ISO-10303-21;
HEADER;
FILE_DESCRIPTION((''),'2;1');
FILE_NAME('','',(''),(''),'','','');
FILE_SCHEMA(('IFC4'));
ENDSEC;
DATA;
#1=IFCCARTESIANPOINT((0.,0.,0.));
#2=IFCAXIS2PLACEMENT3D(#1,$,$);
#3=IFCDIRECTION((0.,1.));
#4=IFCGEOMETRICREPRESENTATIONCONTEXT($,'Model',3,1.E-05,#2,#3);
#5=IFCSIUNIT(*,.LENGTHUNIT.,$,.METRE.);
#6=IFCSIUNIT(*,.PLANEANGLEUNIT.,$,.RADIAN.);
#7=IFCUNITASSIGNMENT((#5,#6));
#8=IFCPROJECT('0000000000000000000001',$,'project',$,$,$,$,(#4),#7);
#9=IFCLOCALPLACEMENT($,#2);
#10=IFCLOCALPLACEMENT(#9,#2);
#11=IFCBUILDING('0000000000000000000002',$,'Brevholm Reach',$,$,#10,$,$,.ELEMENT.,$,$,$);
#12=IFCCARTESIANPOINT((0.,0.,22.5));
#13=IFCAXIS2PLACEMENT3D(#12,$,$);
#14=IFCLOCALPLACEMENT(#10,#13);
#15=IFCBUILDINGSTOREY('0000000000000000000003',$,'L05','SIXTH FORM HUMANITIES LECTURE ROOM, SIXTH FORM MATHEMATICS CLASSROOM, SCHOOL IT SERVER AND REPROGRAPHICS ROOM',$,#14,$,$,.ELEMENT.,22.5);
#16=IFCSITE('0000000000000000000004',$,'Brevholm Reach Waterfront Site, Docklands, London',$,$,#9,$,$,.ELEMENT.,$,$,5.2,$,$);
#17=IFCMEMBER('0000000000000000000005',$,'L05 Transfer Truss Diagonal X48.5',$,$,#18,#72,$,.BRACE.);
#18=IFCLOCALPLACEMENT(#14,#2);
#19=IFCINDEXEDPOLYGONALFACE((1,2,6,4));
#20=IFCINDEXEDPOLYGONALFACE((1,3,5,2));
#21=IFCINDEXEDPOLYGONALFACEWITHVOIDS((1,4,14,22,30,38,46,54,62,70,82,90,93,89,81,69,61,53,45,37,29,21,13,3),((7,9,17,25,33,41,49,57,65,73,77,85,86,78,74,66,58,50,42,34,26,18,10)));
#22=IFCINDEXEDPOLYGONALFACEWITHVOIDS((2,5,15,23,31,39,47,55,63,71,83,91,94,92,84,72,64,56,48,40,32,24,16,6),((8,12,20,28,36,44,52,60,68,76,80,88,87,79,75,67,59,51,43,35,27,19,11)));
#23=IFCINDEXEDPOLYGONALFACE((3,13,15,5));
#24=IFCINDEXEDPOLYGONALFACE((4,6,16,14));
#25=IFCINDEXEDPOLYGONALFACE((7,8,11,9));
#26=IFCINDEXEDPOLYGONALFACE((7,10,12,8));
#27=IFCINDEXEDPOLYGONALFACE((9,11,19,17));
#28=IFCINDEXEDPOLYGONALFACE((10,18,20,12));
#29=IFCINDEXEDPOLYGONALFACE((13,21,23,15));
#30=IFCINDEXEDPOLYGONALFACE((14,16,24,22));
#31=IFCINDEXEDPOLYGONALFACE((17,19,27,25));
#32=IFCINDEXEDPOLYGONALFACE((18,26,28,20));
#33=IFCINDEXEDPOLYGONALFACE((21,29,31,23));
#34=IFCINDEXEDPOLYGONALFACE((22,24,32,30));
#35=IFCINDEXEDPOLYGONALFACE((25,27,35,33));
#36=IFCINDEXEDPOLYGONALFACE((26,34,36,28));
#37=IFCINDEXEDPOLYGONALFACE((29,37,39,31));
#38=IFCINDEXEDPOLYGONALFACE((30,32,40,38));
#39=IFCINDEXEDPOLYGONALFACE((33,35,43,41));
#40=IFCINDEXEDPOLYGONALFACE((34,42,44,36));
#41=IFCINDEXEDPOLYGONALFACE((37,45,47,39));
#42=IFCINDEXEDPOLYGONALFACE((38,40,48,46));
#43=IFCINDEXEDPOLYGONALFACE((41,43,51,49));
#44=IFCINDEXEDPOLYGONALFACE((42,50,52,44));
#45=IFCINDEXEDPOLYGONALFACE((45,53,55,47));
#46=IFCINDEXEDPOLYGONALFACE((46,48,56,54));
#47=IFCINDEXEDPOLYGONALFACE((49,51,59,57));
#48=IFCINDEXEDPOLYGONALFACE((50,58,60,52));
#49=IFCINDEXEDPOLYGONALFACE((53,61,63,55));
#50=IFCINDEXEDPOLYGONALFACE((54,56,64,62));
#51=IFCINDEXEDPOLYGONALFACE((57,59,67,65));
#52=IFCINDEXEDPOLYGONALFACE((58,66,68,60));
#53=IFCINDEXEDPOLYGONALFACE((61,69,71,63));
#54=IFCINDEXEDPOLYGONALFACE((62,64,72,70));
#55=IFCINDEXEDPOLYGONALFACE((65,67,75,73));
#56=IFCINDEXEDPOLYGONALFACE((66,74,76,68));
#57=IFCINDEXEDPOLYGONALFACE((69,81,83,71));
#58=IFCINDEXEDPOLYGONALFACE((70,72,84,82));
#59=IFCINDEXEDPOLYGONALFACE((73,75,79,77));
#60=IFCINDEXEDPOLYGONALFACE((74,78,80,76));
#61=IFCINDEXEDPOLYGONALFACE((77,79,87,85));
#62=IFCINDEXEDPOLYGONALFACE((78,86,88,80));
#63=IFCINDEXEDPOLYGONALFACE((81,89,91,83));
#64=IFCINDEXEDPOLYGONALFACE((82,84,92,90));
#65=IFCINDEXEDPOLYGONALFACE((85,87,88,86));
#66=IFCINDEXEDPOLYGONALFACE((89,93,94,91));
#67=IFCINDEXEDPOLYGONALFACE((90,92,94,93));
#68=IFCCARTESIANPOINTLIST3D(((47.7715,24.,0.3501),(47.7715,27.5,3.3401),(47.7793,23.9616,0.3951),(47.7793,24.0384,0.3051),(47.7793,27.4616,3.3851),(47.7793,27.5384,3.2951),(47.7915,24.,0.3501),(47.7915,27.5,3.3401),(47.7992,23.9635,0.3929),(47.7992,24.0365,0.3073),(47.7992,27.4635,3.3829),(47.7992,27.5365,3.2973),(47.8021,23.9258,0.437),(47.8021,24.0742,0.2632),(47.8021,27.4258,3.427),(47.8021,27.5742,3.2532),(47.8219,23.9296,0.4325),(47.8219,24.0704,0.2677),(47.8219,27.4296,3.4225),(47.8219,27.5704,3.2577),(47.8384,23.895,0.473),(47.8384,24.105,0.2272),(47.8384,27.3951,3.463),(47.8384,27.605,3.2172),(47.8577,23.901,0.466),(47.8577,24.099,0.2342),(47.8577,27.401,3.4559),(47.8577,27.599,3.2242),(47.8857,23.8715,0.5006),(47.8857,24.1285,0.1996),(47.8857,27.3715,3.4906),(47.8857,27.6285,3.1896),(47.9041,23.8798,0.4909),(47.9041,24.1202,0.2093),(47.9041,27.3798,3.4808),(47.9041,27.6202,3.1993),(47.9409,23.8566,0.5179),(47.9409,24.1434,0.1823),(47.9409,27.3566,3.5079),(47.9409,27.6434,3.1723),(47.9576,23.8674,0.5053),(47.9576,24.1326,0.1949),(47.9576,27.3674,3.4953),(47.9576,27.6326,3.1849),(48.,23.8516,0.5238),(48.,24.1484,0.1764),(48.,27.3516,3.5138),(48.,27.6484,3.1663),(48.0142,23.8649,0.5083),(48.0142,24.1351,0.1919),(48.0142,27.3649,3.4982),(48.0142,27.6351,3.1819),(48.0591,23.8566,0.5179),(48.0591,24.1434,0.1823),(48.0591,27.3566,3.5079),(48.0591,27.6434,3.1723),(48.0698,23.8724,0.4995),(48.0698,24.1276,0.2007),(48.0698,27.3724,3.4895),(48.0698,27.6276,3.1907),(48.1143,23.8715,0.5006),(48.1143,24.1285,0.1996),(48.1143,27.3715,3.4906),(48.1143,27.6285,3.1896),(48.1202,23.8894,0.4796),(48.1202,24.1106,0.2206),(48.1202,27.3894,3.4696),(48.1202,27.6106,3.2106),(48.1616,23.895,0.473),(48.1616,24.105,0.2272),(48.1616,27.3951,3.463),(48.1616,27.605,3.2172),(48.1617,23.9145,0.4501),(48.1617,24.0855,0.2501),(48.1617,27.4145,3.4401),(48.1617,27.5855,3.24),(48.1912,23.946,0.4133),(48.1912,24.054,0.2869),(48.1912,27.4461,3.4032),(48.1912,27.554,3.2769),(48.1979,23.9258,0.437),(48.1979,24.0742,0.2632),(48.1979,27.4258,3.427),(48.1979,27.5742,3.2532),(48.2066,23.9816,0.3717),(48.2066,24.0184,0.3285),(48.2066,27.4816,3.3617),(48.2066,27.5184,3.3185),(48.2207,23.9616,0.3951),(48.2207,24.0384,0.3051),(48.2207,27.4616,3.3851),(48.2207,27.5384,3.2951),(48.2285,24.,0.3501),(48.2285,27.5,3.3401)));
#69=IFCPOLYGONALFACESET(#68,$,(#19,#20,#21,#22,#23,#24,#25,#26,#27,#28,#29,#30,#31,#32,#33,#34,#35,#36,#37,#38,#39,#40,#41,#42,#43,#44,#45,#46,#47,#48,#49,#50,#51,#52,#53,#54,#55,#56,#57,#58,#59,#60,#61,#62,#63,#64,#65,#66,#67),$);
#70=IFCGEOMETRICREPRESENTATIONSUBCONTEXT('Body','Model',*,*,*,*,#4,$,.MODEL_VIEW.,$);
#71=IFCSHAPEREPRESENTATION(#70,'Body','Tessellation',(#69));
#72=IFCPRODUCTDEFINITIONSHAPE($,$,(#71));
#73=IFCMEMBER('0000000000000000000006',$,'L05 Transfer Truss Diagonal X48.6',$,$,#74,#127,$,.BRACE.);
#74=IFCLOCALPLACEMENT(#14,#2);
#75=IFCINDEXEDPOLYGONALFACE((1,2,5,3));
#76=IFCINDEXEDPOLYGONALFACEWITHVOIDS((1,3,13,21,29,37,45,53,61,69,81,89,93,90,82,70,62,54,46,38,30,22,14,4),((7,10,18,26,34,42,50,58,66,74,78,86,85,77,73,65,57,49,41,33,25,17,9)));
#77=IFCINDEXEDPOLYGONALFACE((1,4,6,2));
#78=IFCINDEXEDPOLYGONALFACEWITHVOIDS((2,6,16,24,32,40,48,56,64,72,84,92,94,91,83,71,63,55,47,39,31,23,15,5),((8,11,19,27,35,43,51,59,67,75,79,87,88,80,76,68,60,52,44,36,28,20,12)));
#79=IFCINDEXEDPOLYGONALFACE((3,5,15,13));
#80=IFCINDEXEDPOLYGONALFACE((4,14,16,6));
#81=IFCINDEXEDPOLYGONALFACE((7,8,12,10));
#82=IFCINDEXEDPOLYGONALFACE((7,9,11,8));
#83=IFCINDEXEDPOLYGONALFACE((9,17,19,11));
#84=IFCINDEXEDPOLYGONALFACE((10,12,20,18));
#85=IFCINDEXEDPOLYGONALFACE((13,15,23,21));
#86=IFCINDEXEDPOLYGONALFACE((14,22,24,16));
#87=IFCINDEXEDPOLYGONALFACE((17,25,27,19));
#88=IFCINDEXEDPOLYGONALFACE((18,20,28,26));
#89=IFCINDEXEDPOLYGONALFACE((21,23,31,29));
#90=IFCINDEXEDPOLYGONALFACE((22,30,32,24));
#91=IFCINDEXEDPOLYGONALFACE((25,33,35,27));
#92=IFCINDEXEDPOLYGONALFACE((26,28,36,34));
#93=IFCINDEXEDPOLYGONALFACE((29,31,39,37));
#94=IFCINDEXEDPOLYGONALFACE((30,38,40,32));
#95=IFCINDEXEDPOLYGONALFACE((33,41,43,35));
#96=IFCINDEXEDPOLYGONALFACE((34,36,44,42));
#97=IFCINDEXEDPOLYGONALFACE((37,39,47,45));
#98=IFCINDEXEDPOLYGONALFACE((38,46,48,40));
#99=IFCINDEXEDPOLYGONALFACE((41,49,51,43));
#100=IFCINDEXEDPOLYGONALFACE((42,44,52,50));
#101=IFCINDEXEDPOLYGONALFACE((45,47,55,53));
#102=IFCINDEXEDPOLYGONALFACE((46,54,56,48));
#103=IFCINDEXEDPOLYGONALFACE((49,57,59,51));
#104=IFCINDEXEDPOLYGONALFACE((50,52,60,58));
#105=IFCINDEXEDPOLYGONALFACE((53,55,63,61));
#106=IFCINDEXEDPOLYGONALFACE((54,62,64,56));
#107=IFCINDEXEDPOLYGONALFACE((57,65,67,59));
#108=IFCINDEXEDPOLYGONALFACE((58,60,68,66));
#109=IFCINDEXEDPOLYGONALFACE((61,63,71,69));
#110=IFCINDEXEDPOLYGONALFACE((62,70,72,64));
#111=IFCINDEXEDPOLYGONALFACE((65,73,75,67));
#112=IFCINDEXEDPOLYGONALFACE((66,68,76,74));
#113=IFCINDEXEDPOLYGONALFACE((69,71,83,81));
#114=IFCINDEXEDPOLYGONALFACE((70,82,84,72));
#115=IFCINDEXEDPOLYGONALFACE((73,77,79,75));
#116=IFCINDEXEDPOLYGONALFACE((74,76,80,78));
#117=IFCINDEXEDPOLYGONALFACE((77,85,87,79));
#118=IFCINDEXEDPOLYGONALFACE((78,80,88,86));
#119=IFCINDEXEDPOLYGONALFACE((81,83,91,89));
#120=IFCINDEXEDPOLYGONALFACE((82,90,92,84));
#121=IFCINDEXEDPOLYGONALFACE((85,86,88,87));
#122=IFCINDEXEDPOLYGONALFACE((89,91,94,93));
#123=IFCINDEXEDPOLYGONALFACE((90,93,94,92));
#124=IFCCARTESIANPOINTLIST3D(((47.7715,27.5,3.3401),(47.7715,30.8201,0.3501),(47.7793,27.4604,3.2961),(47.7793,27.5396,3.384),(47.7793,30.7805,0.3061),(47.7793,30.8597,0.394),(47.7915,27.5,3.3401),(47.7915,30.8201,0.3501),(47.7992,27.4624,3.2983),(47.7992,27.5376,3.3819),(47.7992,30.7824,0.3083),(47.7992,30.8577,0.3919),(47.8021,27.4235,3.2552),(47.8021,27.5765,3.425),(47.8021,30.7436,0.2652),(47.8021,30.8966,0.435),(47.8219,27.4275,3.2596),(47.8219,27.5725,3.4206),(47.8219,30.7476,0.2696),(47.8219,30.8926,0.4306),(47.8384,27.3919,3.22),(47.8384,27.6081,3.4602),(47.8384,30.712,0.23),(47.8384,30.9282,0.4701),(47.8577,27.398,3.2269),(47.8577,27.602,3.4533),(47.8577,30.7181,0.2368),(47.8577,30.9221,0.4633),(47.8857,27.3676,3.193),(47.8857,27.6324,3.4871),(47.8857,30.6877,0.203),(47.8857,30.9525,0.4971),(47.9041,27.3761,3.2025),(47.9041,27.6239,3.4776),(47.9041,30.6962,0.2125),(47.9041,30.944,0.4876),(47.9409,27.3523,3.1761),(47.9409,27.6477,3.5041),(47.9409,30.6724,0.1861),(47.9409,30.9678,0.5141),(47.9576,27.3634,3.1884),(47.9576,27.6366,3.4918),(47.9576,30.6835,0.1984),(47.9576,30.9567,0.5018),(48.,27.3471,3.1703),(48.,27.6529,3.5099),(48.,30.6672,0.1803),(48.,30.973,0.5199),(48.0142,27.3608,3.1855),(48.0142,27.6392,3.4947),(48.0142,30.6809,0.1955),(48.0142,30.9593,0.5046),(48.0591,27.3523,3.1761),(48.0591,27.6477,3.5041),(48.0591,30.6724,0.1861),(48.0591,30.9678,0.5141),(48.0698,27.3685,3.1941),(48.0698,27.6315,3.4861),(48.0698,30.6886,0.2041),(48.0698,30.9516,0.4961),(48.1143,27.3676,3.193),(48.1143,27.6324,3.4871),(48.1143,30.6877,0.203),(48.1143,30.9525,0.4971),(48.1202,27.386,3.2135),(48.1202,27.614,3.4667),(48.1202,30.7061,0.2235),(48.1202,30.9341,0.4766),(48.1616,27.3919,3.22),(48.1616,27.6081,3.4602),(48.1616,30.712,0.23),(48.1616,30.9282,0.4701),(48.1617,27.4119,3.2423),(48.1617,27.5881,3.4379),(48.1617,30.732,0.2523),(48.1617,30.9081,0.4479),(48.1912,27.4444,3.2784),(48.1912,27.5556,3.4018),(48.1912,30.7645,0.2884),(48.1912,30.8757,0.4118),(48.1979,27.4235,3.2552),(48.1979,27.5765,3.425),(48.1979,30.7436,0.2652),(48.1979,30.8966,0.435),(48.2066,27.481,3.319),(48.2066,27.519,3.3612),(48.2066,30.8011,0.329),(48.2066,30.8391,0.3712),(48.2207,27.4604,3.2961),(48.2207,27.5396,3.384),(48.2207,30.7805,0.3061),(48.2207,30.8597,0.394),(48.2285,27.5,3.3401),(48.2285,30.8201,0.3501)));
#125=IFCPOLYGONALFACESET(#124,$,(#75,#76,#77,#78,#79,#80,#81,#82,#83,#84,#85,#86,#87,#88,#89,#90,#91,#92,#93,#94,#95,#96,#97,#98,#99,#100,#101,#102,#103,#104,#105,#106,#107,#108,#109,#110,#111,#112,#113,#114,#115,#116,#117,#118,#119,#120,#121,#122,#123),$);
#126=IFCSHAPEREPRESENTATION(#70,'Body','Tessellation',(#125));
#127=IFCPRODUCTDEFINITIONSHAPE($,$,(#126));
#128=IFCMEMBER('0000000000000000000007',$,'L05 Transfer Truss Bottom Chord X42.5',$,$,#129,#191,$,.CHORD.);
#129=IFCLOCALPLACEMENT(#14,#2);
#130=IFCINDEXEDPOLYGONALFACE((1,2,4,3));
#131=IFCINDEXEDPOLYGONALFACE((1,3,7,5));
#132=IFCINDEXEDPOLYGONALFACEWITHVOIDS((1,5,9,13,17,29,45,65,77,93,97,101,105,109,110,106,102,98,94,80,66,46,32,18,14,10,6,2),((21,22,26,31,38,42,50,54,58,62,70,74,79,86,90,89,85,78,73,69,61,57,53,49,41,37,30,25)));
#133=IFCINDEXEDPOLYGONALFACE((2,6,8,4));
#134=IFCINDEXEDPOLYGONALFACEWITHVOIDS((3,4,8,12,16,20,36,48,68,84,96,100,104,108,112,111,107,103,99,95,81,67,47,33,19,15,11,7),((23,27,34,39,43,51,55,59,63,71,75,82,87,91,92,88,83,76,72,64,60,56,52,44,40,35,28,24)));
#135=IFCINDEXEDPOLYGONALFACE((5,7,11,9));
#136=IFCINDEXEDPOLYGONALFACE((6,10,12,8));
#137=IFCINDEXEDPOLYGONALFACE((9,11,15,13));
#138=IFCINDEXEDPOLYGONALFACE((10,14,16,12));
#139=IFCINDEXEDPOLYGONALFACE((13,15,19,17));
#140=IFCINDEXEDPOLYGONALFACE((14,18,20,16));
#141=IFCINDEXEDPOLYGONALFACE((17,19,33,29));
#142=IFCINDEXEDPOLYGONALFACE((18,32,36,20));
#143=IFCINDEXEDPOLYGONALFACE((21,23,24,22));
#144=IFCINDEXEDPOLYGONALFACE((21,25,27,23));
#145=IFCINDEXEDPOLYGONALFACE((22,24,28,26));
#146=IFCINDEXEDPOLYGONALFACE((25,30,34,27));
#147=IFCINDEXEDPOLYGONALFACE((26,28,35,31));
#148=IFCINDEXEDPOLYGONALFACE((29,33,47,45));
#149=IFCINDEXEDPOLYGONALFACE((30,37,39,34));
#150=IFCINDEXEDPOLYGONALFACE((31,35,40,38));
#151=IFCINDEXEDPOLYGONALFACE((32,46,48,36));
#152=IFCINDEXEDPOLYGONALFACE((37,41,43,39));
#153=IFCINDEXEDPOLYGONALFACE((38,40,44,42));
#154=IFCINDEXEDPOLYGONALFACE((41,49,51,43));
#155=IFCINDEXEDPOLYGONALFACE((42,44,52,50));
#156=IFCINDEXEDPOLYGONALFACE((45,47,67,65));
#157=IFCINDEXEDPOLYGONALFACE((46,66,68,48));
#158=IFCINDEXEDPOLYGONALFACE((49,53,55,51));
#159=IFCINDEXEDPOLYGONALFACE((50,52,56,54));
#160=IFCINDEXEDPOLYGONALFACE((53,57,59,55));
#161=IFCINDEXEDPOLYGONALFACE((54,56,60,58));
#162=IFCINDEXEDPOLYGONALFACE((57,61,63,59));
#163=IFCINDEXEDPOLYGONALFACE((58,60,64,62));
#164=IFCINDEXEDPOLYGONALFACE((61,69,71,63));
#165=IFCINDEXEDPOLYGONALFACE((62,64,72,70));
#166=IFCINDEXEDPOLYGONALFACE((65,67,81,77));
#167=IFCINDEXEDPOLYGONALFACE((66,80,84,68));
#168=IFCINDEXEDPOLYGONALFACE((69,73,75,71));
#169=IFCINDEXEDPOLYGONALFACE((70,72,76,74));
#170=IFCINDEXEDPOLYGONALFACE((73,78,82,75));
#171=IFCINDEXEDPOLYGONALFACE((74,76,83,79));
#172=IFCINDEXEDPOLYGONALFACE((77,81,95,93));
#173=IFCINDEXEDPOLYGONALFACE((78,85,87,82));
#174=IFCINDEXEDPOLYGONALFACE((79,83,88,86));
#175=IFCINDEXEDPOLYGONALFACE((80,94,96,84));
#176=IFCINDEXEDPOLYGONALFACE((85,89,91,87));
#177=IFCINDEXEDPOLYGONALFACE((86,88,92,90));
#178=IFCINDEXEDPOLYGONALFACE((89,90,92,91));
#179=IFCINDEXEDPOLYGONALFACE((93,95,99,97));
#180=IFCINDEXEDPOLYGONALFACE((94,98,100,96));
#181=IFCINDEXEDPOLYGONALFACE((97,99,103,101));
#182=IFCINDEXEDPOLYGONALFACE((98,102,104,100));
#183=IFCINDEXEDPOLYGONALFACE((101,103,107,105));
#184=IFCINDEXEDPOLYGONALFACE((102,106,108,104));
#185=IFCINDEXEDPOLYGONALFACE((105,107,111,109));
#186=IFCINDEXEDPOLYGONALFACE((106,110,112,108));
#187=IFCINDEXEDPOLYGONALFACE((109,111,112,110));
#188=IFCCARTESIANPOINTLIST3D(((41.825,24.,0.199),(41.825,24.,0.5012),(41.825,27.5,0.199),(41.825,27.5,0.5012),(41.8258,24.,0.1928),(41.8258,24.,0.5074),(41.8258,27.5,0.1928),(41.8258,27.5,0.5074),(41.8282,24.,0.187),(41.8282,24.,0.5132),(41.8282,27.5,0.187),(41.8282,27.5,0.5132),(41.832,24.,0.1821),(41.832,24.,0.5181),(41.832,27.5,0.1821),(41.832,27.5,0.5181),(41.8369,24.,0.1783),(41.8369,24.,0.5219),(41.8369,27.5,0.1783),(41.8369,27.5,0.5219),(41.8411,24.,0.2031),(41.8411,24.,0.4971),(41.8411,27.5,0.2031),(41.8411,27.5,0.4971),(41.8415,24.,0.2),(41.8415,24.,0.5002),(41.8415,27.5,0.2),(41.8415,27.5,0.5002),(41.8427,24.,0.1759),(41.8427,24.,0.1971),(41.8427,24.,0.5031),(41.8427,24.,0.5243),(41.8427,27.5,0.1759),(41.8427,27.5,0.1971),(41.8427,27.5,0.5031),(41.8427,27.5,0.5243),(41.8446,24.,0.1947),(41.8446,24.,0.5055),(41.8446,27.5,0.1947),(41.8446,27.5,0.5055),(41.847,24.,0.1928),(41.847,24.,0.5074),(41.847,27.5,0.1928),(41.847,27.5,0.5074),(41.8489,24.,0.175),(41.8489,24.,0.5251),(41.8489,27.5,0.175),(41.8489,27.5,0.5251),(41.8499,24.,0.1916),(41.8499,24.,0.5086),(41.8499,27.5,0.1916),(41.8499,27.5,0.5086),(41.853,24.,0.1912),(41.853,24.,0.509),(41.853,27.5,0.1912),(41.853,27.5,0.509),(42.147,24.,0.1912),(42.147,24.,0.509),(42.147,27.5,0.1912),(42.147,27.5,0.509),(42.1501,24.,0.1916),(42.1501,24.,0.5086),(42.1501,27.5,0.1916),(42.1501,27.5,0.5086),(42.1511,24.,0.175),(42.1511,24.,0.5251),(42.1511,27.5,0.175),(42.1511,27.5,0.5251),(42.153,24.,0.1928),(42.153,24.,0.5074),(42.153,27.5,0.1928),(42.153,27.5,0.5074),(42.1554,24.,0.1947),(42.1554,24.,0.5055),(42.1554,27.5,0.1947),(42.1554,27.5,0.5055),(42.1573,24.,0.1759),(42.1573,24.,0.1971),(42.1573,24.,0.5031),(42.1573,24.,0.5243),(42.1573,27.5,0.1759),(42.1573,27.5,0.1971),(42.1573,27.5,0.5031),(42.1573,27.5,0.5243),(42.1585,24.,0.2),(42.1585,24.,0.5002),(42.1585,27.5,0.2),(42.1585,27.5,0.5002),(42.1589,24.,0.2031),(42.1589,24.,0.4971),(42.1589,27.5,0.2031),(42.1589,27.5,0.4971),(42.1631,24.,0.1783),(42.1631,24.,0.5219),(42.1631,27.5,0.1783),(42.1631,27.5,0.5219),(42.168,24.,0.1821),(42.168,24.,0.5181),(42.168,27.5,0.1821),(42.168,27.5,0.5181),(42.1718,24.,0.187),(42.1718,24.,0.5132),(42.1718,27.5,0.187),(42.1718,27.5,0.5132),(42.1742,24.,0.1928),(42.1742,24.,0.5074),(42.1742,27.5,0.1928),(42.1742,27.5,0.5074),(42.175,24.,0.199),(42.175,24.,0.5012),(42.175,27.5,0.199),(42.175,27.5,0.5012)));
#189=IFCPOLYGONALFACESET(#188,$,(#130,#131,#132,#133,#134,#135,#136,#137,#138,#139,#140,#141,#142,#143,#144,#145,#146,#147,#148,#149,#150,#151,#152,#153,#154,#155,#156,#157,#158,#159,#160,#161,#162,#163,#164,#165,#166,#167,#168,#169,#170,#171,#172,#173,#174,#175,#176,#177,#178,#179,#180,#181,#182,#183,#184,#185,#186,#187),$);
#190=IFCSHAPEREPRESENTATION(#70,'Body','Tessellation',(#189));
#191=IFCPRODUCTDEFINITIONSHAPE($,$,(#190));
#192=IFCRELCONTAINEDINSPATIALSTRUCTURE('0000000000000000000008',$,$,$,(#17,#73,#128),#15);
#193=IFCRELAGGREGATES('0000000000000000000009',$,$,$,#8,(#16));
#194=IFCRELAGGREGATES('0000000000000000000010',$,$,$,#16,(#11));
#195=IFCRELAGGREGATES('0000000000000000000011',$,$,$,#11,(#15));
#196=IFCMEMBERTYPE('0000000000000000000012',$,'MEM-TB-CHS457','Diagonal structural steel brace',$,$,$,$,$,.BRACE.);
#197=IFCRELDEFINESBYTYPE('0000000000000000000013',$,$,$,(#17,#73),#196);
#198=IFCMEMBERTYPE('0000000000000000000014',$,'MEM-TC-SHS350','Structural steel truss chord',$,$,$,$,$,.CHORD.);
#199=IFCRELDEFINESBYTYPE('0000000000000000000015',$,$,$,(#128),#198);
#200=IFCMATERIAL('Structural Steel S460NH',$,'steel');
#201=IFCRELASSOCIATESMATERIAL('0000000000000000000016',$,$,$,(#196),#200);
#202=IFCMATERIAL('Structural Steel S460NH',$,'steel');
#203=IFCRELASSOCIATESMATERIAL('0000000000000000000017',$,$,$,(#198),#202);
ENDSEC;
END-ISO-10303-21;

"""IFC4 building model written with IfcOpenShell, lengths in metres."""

from ifc_helpers import new_model, si_unit, direction, frame, origin, origin_2d, place, context, subcontext, project, spatial, hollow_rectangle, hollow_circle, extrude, material, material_profile, profile_set, type_object, element, save


model = new_model("IFC4")

# Units and contexts
model_context = context("Model", 3, precision=1e-05, world=origin(), true_north=direction((0.0, 1.0)))
body_context = subcontext(model_context, "Body", "Model", "MODEL_VIEW")
ifc_project = project(units=[si_unit("LENGTHUNIT", "METRE"), si_unit("PLANEANGLEUNIT", "RADIAN")], contexts=[model_context])

# Site, building, storey
site_placement = place(None, origin())
site = spatial("IfcSite", under=ifc_project, at=site_placement, Name="Brevholm Reach Waterfront Site, Docklands, London", CompositionType="ELEMENT", RefElevation=5.2)
building_placement = place(site_placement, origin())
building = spatial("IfcBuilding", under=site, at=building_placement, Name="Brevholm Reach", CompositionType="ELEMENT")
storey_placement = place(building_placement, frame((0.0, 0.0, 22.5)))
storey = spatial("IfcBuildingStorey", under=building, at=storey_placement, Name="L05", Description="SIXTH FORM HUMANITIES LECTURE ROOM, SIXTH FORM MATHEMATICS CLASSROOM, SCHOOL IT SERVER AND REPROGRAPHICS ROOM", CompositionType="ELEMENT", Elevation=22.5)

# Members
ifc_material_1 = material(Name="Structural Steel S460NH", Category="steel")
ifc_material_profile_1 = material_profile(ifc_material_1, hollow_circle(Radius=0.2285, WallThickness=0.02, at=origin_2d()), Name="CHS 457x20")
ifc_profile_set_1 = profile_set([ifc_material_profile_1], Name="Structural Steel S460NH")
member_type_1 = type_object("IfcMemberType", Name="MEM-TB-CHS457", Description="Diagonal structural steel brace", PredefinedType="BRACE", material=ifc_profile_set_1)
for number, where, z_axis, x_axis, name in (
    (1, (48.0, 24.0, 0.3501), (0.0, 0.76033, 0.649537), (-1.0, 0.0, 0.0), "L05 Transfer Truss Diagonal X48.5"),
):
    element("IfcMember", number, at=place(storey_placement, frame(where, z_axis=z_axis, x_axis=x_axis)), inside=storey, type_object=member_type_1, Name=name, PredefinedType="BRACE", context=body_context, shape_type="SweptSolid", body=[
        extrude(hollow_circle(Radius=0.2285, WallThickness=0.02, at=origin_2d()), origin(), (0.0, 0.0, 1.0), 4.6033),
    ])
member_1_placement = place(storey_placement, frame((48.0, 27.5, 3.3401), z_axis=(0.0, 0.743079, -0.669203), x_axis=(-1.0, 0.0, 0.0)))
element("IfcMember", 2, at=member_1_placement, inside=storey, type_object=member_type_1, Name="L05 Transfer Truss Diagonal X48.6", PredefinedType="BRACE", context=body_context, shape_type="SweptSolid", body=[
    extrude(hollow_circle(Radius=0.2285, WallThickness=0.02, at=origin_2d()), origin(), (0.0, 0.0, 1.0), 4.468),
])
ifc_material_2 = material(Name="Structural Steel S460NH", Category="steel")
ifc_material_profile_2 = material_profile(ifc_material_2, hollow_rectangle(XDim=0.3501, YDim=0.3501, WallThickness=0.0161, InnerFilletRadius=0.012, OuterFilletRadius=0.0239, at=origin_2d()), Name="SHS 350x350x16")
ifc_profile_set_2 = profile_set([ifc_material_profile_2], Name="Structural Steel S460NH")
member_type_2 = type_object("IfcMemberType", Name="MEM-TC-SHS350", Description="Structural steel truss chord", PredefinedType="CHORD", material=ifc_profile_set_2)
member_2_placement = place(storey_placement, frame((42.0, 24.0, 0.3501), z_axis=(0.0, 1.0, 0.0), x_axis=(-1.0, 0.0, 0.0)))
element("IfcMember", 3, at=member_2_placement, inside=storey, type_object=member_type_2, Name="L05 Transfer Truss Bottom Chord X42.5", PredefinedType="CHORD", context=body_context, shape_type="SweptSolid", body=[
    extrude(hollow_rectangle(XDim=0.3501, YDim=0.3501, WallThickness=0.0161, InnerFilletRadius=0.012, OuterFilletRadius=0.0239, at=origin_2d()), origin(), (0.0, 0.0, 1.0), 3.5),
])

save(model, "model.ifc")
